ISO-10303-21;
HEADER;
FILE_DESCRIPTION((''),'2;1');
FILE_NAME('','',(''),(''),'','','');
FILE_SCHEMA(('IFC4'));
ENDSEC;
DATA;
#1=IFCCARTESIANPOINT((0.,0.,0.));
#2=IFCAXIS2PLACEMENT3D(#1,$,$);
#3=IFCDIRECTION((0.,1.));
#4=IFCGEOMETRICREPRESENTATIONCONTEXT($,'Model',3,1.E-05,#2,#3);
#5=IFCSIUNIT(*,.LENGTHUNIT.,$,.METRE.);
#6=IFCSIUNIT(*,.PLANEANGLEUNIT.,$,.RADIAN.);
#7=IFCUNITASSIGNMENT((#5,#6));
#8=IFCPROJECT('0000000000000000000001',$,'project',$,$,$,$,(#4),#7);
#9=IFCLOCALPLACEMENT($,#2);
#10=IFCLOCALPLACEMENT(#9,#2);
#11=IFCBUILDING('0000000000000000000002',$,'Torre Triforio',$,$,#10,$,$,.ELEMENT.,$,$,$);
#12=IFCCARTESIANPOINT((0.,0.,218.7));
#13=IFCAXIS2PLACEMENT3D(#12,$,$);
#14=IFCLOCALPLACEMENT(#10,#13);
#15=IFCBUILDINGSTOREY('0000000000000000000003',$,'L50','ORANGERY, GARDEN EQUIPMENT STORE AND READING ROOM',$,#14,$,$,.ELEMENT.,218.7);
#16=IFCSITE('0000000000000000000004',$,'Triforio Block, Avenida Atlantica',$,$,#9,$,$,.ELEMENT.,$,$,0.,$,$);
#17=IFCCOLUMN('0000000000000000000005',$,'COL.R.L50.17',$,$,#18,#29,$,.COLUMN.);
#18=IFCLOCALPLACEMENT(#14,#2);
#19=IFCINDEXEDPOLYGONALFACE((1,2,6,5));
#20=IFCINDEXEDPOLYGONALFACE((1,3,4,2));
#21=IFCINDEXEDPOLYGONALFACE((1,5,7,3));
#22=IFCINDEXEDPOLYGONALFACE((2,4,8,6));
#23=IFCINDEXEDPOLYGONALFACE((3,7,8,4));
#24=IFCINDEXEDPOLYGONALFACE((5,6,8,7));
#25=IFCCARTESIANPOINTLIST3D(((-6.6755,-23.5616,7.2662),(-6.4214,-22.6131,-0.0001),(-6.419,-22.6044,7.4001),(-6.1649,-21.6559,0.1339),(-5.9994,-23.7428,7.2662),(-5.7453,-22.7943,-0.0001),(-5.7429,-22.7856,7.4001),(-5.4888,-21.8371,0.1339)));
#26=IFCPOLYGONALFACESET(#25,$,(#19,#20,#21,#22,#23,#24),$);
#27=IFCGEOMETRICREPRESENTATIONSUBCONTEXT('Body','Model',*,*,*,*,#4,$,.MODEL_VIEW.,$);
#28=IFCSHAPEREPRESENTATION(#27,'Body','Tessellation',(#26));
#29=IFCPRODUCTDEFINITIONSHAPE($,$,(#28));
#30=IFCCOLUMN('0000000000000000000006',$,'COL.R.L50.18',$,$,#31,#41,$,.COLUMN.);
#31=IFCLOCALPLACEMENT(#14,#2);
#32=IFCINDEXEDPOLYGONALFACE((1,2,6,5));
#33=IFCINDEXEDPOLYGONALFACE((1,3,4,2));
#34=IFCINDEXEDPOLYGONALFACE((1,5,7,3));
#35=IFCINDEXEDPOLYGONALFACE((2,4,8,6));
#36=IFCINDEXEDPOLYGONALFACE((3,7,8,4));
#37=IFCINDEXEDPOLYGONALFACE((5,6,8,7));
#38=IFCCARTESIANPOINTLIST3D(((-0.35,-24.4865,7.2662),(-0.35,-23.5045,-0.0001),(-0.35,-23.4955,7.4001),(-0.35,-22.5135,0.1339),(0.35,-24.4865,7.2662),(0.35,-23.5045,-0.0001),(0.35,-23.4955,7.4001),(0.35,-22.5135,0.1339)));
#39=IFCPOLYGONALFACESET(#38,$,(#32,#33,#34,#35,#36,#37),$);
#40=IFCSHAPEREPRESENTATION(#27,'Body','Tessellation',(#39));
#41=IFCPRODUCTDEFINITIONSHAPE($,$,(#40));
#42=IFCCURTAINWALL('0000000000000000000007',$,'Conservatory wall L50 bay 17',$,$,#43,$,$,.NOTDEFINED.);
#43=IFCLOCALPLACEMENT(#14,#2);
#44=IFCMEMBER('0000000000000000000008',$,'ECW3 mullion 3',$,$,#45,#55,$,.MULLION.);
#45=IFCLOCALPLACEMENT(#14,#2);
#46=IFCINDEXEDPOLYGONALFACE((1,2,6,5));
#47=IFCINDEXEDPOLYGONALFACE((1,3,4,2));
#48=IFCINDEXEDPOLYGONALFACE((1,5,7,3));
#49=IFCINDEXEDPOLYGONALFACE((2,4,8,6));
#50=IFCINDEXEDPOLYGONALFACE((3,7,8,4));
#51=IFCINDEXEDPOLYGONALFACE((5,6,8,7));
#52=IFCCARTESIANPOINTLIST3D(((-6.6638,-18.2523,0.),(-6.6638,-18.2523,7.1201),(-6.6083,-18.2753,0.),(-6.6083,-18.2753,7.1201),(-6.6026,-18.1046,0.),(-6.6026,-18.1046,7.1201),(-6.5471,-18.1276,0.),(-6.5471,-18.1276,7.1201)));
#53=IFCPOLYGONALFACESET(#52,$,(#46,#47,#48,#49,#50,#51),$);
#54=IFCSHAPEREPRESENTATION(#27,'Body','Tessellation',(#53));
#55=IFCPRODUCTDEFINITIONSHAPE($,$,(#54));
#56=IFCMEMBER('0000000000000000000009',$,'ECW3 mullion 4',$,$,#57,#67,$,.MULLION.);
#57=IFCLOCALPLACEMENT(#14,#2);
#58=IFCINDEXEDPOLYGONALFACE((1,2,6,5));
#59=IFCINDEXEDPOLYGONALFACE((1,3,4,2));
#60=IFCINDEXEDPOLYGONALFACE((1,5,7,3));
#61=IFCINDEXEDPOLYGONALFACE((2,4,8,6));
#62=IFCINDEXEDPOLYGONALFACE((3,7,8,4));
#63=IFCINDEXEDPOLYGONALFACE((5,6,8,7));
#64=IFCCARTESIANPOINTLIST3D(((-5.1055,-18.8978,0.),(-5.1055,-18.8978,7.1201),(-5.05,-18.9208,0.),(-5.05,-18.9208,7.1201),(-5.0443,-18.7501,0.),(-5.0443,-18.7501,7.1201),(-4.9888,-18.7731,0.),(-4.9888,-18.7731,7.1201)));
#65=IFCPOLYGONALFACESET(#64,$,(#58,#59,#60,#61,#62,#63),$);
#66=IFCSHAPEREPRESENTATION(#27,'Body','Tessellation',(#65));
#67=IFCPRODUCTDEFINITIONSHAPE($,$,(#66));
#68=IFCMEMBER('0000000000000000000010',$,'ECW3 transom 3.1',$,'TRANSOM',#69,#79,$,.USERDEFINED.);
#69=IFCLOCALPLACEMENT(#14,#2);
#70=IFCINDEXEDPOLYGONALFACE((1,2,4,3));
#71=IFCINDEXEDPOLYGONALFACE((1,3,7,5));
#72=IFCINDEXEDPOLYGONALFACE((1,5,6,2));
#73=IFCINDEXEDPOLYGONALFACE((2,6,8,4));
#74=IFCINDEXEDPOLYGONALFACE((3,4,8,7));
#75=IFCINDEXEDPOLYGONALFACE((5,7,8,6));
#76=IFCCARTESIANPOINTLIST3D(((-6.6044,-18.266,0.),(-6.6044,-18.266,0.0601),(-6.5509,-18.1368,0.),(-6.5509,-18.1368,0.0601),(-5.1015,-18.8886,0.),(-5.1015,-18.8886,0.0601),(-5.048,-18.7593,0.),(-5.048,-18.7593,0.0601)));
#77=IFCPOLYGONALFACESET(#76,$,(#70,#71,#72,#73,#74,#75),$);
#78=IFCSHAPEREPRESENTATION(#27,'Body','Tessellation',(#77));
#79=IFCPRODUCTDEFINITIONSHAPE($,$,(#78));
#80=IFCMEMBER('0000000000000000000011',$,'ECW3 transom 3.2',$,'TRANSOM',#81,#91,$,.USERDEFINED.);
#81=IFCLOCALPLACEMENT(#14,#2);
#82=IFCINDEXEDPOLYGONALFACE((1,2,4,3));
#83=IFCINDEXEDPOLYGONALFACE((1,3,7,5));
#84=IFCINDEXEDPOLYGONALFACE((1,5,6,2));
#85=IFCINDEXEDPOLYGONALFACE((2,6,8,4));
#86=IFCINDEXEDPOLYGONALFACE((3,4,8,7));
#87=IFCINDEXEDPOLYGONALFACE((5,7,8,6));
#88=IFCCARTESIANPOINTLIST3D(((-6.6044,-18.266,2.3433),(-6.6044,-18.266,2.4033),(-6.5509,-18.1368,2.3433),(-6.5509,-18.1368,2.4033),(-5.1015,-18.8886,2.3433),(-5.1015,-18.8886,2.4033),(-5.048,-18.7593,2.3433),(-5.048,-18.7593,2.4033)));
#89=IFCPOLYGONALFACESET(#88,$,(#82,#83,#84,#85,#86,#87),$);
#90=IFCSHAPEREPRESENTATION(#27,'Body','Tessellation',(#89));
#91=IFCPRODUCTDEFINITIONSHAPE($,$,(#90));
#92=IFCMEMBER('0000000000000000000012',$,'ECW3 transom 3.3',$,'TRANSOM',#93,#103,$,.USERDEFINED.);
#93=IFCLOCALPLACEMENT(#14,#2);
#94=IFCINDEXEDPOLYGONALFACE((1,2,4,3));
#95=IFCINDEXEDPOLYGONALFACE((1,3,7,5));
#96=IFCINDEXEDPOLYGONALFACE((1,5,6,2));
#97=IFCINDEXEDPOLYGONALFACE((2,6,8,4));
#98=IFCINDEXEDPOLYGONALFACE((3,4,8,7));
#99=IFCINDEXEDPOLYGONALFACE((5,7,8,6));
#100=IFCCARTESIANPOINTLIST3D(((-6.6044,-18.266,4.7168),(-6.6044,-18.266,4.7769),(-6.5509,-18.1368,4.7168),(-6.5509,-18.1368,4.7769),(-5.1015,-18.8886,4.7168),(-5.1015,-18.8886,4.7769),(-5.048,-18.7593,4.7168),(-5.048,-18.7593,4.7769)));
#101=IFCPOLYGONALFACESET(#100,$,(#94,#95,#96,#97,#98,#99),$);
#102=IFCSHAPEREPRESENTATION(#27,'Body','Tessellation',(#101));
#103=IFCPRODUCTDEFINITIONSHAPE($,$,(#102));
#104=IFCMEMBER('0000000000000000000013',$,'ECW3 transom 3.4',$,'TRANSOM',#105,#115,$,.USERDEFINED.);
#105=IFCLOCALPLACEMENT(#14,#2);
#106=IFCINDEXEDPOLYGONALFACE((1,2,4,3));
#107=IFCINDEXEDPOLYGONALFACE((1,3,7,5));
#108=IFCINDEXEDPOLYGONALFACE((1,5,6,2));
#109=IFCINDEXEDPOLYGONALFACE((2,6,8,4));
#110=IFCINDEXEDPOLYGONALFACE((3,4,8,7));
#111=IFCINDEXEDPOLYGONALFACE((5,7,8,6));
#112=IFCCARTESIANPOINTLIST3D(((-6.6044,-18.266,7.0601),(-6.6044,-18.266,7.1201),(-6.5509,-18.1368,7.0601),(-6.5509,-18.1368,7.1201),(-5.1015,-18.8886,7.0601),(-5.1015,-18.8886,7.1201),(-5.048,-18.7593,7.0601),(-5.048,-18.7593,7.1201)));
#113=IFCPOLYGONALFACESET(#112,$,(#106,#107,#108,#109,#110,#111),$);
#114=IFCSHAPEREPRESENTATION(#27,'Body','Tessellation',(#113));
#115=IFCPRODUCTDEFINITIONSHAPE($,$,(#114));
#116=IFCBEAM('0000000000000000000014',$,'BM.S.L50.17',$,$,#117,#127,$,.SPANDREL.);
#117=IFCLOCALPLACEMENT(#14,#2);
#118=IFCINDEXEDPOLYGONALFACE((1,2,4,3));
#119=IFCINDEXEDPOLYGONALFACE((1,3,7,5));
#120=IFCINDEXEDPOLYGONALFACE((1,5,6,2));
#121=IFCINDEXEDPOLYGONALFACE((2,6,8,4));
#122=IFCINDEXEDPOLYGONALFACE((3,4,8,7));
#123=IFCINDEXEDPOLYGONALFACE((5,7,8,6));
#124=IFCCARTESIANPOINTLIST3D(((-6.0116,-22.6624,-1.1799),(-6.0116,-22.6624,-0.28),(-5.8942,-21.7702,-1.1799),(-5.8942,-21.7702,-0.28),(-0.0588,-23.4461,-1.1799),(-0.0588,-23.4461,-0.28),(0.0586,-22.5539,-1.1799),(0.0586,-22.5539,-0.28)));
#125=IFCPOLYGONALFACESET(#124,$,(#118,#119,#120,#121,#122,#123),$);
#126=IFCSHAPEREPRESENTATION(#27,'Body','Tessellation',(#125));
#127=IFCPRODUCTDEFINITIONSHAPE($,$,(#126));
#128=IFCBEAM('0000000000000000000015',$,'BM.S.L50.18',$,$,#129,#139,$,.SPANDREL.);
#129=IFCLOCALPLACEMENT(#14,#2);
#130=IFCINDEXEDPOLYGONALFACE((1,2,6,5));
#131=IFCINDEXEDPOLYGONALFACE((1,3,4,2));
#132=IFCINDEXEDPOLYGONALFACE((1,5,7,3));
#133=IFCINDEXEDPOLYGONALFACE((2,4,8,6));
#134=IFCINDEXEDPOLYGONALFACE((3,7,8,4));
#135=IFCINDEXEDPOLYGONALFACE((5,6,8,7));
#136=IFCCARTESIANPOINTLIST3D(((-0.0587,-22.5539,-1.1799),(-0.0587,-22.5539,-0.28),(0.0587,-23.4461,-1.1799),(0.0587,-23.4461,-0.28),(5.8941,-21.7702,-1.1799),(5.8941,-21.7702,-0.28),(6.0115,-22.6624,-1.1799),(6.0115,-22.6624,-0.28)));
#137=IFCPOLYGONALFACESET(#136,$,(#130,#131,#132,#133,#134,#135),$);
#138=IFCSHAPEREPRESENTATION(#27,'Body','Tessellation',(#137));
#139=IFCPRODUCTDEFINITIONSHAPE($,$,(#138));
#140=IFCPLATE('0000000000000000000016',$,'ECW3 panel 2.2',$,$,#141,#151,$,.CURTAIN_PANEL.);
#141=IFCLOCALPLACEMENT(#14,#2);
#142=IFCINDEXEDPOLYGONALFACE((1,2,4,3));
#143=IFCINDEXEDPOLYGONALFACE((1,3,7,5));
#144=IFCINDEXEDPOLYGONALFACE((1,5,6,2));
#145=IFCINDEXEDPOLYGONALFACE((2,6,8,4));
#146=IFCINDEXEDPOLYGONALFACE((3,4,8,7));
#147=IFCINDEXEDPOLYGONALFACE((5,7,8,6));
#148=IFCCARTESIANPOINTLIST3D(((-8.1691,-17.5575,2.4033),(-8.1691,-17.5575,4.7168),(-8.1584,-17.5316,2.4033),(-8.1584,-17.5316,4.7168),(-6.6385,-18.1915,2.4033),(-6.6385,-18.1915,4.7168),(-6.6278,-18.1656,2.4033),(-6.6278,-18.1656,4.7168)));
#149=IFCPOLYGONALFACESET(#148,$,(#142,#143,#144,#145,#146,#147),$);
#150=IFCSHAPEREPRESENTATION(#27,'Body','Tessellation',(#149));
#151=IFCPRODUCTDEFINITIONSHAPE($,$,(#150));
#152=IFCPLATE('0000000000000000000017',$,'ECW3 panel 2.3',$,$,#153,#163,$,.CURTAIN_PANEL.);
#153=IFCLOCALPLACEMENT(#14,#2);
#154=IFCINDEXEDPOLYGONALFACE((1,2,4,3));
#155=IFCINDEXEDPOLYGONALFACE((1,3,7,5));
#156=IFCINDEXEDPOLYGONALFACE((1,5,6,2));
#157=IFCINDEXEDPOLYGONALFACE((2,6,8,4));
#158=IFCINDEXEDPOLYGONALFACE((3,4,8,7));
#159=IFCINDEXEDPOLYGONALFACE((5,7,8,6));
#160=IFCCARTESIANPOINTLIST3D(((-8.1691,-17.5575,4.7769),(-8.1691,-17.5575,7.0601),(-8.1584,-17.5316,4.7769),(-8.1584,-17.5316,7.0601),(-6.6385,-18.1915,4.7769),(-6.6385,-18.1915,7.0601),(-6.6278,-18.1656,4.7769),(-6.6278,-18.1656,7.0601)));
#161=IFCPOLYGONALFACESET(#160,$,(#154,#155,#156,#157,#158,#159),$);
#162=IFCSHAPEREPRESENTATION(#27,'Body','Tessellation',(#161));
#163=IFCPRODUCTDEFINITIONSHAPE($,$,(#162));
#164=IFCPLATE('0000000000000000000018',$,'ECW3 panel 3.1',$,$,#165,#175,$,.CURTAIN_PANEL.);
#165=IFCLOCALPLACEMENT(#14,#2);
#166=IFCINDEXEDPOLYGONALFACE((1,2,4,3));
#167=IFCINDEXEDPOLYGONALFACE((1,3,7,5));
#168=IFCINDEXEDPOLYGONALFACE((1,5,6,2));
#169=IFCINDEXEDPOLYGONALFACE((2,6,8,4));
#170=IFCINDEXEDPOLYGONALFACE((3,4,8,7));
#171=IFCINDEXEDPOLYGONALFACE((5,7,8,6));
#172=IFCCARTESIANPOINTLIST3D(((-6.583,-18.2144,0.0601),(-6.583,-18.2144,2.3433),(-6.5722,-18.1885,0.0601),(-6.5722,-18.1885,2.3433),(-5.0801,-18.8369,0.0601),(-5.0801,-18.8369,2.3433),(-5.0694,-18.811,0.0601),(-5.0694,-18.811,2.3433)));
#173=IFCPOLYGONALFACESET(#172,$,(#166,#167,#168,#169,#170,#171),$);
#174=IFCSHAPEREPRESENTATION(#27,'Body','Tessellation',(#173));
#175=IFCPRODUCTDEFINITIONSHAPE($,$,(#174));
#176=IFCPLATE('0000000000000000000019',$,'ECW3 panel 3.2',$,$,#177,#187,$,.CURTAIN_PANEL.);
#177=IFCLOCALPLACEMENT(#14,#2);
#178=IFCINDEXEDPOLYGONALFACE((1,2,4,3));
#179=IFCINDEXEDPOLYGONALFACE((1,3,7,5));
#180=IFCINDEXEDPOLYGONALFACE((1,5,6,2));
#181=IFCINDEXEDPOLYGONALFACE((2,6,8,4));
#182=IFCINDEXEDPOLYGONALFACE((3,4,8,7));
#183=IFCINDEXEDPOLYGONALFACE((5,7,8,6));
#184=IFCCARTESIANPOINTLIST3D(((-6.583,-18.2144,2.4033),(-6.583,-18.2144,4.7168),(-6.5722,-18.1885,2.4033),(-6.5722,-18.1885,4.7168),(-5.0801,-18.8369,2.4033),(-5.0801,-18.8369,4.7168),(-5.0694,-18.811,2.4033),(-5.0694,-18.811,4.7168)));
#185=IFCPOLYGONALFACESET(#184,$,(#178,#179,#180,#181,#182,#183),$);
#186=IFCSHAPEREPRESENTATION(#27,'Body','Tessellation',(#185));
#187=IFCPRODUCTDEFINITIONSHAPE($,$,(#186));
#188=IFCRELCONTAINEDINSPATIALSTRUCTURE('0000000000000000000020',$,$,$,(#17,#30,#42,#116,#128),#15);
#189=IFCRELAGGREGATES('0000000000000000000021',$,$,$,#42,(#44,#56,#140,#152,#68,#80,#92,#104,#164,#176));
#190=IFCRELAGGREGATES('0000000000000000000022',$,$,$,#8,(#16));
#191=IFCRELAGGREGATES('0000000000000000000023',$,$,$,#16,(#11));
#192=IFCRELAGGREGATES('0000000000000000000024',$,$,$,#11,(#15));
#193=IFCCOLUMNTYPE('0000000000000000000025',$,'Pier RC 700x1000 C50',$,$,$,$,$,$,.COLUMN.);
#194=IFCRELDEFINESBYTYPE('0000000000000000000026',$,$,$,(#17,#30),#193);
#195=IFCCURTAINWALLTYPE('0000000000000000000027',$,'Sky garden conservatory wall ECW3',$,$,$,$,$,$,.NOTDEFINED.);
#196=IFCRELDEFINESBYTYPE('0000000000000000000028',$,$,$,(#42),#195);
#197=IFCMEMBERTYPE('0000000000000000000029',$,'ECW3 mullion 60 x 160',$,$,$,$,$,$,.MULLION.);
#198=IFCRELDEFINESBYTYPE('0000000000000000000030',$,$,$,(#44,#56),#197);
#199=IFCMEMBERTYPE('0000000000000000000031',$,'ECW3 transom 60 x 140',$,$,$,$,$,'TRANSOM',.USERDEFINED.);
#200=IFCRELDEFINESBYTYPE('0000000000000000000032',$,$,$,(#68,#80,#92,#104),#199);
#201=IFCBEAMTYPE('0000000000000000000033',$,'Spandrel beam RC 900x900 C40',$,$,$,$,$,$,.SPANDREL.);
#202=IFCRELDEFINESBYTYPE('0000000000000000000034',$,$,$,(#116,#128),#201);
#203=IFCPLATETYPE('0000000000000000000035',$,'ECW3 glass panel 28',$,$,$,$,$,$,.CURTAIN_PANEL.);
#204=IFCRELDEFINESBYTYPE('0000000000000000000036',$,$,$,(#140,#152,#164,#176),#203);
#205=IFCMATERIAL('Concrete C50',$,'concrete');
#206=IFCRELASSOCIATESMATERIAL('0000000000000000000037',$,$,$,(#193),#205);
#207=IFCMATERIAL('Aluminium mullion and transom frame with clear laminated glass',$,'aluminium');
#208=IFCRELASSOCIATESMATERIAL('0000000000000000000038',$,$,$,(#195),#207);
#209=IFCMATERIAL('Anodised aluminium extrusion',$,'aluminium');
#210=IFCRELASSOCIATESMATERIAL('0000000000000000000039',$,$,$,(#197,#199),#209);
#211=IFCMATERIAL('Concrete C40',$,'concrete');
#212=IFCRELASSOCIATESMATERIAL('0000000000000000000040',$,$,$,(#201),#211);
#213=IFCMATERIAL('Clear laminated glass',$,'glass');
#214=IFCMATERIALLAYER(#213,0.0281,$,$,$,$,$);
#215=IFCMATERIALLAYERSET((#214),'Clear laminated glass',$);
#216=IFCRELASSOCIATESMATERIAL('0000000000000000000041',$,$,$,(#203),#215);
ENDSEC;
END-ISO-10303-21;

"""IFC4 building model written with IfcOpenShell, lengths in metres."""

from ifc_helpers import new_model, si_unit, direction, frame, origin, origin_2d, place, context, subcontext, project, spatial, rectangle, extrude, material, layer, layer_set, material_profile, profile_set, type_object, element, aggregate, save


model = new_model("IFC4")

# Units and contexts
model_context = context("Model", 3, precision=1e-05, world=origin(), true_north=direction((0.0, 1.0)))
body_context = subcontext(model_context, "Body", "Model", "MODEL_VIEW")
ifc_project = project(units=[si_unit("LENGTHUNIT", "METRE"), si_unit("PLANEANGLEUNIT", "RADIAN")], contexts=[model_context])

# Site, building, storey
site_placement = place(None, origin())
site = spatial("IfcSite", under=ifc_project, at=site_placement, Name="Triforio Block, Avenida Atlantica", CompositionType="ELEMENT", RefElevation=0.0)
building_placement = place(site_placement, origin())
building = spatial("IfcBuilding", under=site, at=building_placement, Name="Torre Triforio", CompositionType="ELEMENT")
storey_placement = place(building_placement, frame((0.0, 0.0, 218.7)))
storey = spatial("IfcBuildingStorey", under=building, at=storey_placement, Name="L50", Description="ORANGERY, GARDEN EQUIPMENT STORE AND READING ROOM", CompositionType="ELEMENT", Elevation=218.7)

# Columns
ifc_material_1 = material(Name="Concrete C50", Category="concrete")
ifc_material_profile_1 = material_profile(ifc_material_1, rectangle(XDim=0.7, YDim=1.0, at=origin_2d()), Name="RC 700x1000")
ifc_profile_set_1 = profile_set([ifc_material_profile_1], Name="Concrete C50")
column_type = type_object("IfcColumnType", Name="Pier RC 700x1000 C50", PredefinedType="COLUMN", material=ifc_profile_set_1)
for number, where, z_axis, x_axis, name in (
    (1, (-5.9551, -22.2251, 0.0669), (-0.034662, -0.12936, 0.990992), (0.965925, -0.258823, 0.0), "COL.R.L50.17"),
    (2, (0.0, -23.009, 0.0669), (0.0, -0.133921, 0.990992), (1.0, 0.0, 0.0), "COL.R.L50.18"),
):
    element("IfcColumn", number, at=place(storey_placement, frame(where, z_axis=z_axis, x_axis=x_axis)), inside=storey, type_object=column_type, Name=name, PredefinedType="COLUMN", context=body_context, shape_type="SweptSolid", body=[
        extrude(rectangle(XDim=0.7, YDim=1.0, at=origin_2d()), origin(), (0.0, 0.0, 1.0), 7.3323),
    ])

# Curtain wall, members
ifc_material_2 = material(Name="Aluminium mullion and transom frame with clear laminated glass", Category="aluminium")
curtain_wall_type = type_object("IfcCurtainWallType", Name="Sky garden conservatory wall ECW3", PredefinedType="NOTDEFINED", material=ifc_material_2)
curtain_wall_placement = place(storey_placement, origin())
curtain_wall = element("IfcCurtainWall", 3, at=curtain_wall_placement, inside=storey, type_object=curtain_wall_type, Name="Conservatory wall L50 bay 17", PredefinedType="NOTDEFINED")
ifc_material_3 = material(Name="Anodised aluminium extrusion", Category="aluminium")
ifc_material_profile_2 = material_profile(ifc_material_3, rectangle(XDim=0.1599, YDim=0.0601, at=origin_2d()), Name="ECW3 MULLION 60x160")
ifc_profile_set_2 = profile_set([ifc_material_profile_2], Name="Anodised aluminium extrusion")
member_type_1 = type_object("IfcMemberType", Name="ECW3 mullion 60 x 160", PredefinedType="MULLION", material=ifc_profile_set_2)
member_1_placement = place(storey_placement, frame((-6.6055, -18.1899, 0.0), z_axis=(0.0, 0.0, 1.0), x_axis=(0.382684, 0.923879, 0.0)))
member_1 = element("IfcMember", 4, at=member_1_placement, type_object=member_type_1, Name="ECW3 mullion 3", PredefinedType="MULLION", context=body_context, shape_type="SweptSolid", body=[
    extrude(rectangle(XDim=0.1599, YDim=0.0601, at=origin_2d()), origin(), (0.0, 0.0, 1.0), 7.1201),
])
member_2_placement = place(storey_placement, frame((-5.0471, -18.8354, 0.0), z_axis=(0.0, 0.0, 1.0), x_axis=(0.382684, 0.923879, 0.0)))
member_2 = element("IfcMember", 5, at=member_2_placement, type_object=member_type_1, Name="ECW3 mullion 4", PredefinedType="MULLION", context=body_context, shape_type="SweptSolid", body=[
    extrude(rectangle(XDim=0.1599, YDim=0.0601, at=origin_2d()), origin(), (0.0, 0.0, 1.0), 7.1201),
])
ifc_material_profile_3 = material_profile(ifc_material_3, rectangle(XDim=0.1399, YDim=0.0601, at=origin_2d()), Name="ECW3 TRANSOM 60x140")
ifc_profile_set_3 = profile_set([ifc_material_profile_3], Name="Anodised aluminium extrusion")
member_type_2 = type_object("IfcMemberType", Name="ECW3 transom 60 x 140", ElementType="TRANSOM", PredefinedType="USERDEFINED", material=ifc_profile_set_3)
member_3_placement = place(storey_placement, frame((-6.5776, -18.2014, 0.03), z_axis=(0.923874, -0.382696, 0.0), x_axis=(0.382696, 0.923874, 0.0)))
member_3 = element("IfcMember", 6, at=member_3_placement, type_object=member_type_2, Name="ECW3 transom 3.1", ObjectType="TRANSOM", PredefinedType="USERDEFINED", context=body_context, shape_type="SweptSolid", body=[
    extrude(rectangle(XDim=0.1399, YDim=0.0601, at=origin_2d()), origin(), (0.0, 0.0, 1.0), 1.6267),
])
member_4_placement = place(storey_placement, frame((-6.5776, -18.2014, 2.3733), z_axis=(0.923874, -0.382696, 0.0), x_axis=(0.382696, 0.923874, 0.0)))
member_4 = element("IfcMember", 7, at=member_4_placement, type_object=member_type_2, Name="ECW3 transom 3.2", ObjectType="TRANSOM", PredefinedType="USERDEFINED", context=body_context, shape_type="SweptSolid", body=[
    extrude(rectangle(XDim=0.1399, YDim=0.0601, at=origin_2d()), origin(), (0.0, 0.0, 1.0), 1.6267),
])
member_5_placement = place(storey_placement, frame((-6.5776, -18.2014, 4.7468), z_axis=(0.923874, -0.382696, 0.0), x_axis=(0.382696, 0.923874, 0.0)))
member_5 = element("IfcMember", 8, at=member_5_placement, type_object=member_type_2, Name="ECW3 transom 3.3", ObjectType="TRANSOM", PredefinedType="USERDEFINED", context=body_context, shape_type="SweptSolid", body=[
    extrude(rectangle(XDim=0.1399, YDim=0.0601, at=origin_2d()), origin(), (0.0, 0.0, 1.0), 1.6267),
])
member_6_placement = place(storey_placement, frame((-6.5776, -18.2014, 7.0901), z_axis=(0.923874, -0.382696, 0.0), x_axis=(0.382696, 0.923874, 0.0)))
member_6 = element("IfcMember", 9, at=member_6_placement, type_object=member_type_2, Name="ECW3 transom 3.4", ObjectType="TRANSOM", PredefinedType="USERDEFINED", context=body_context, shape_type="SweptSolid", body=[
    extrude(rectangle(XDim=0.1399, YDim=0.0601, at=origin_2d()), origin(), (0.0, 0.0, 1.0), 1.6267),
])

# Beams
ifc_material_4 = material(Name="Concrete C40", Category="concrete")
ifc_material_profile_4 = material_profile(ifc_material_4, rectangle(XDim=0.8999, YDim=0.8999, at=origin_2d()), Name="RC 900x900")
ifc_profile_set_4 = profile_set([ifc_material_profile_4], Name="Concrete C40")
beam_type = type_object("IfcBeamType", Name="Spandrel beam RC 900x900 C40", PredefinedType="SPANDREL", material=ifc_profile_set_4)
for number, where, z_axis, x_axis, name in (
    (10, (-5.9529, -22.2163, -0.73), (0.991445, -0.130523, 0.0), (0.130523, 0.991445, 0.0), "BM.S.L50.17"),
    (11, (0.0, -23.0, -0.73), (0.991445, 0.130523, 0.0), (-0.130523, 0.991445, 0.0), "BM.S.L50.18"),
):
    element("IfcBeam", number, at=place(storey_placement, frame(where, z_axis=z_axis, x_axis=x_axis)), inside=storey, type_object=beam_type, Name=name, PredefinedType="SPANDREL", context=body_context, shape_type="SweptSolid", body=[
        extrude(rectangle(XDim=0.8999, YDim=0.8999, at=origin_2d()), origin(), (0.0, 0.0, 1.0), 6.0042),
    ])

# Plates
ifc_material_5 = material(Name="Clear laminated glass", Category="glass")
ifc_layer_1 = layer(ifc_material_5, 0.0281)
ifc_layer_set_1 = layer_set([ifc_layer_1], Name="Clear laminated glass")
plate_type = type_object("IfcPlateType", Name="ECW3 glass panel 28", PredefinedType="CURTAIN_PANEL", material=ifc_layer_set_1)
plate_1_placement = place(storey_placement, frame((-7.3984, -17.8616, 2.4033), z_axis=(0.0, 0.0, 1.0), x_axis=(0.923879, -0.382684, 0.0)))
plate_1 = element("IfcPlate", 12, at=plate_1_placement, type_object=plate_type, Name="ECW3 panel 2.2", PredefinedType="CURTAIN_PANEL", context=body_context, shape_type="SweptSolid", body=[
    extrude(rectangle(XDim=1.6567, YDim=0.0281, at=origin_2d()), origin(), (0.0, 0.0, 1.0), 2.3135),
])
plate_2_placement = place(storey_placement, frame((-7.3984, -17.8616, 4.7769), z_axis=(0.0, 0.0, 1.0), x_axis=(0.923879, -0.382684, 0.0)))
plate_2 = element("IfcPlate", 13, at=plate_2_placement, type_object=plate_type, Name="ECW3 panel 2.3", PredefinedType="CURTAIN_PANEL", context=body_context, shape_type="SweptSolid", body=[
    extrude(rectangle(XDim=1.6567, YDim=0.0281, at=origin_2d()), origin(), (0.0, 0.0, 1.0), 2.2832),
])
plate_3_placement = place(storey_placement, frame((-5.8262, -18.5127, 0.0601), z_axis=(0.0, 0.0, 1.0), x_axis=(0.923879, -0.382684, 0.0)))
plate_3 = element("IfcPlate", 14, at=plate_3_placement, type_object=plate_type, Name="ECW3 panel 3.1", PredefinedType="CURTAIN_PANEL", context=body_context, shape_type="SweptSolid", body=[
    extrude(rectangle(XDim=1.6267, YDim=0.0281, at=origin_2d()), origin(), (0.0, 0.0, 1.0), 2.2832),
])
plate_4_placement = place(storey_placement, frame((-5.8262, -18.5127, 2.4033), z_axis=(0.0, 0.0, 1.0), x_axis=(0.923879, -0.382684, 0.0)))
plate_4 = element("IfcPlate", 15, at=plate_4_placement, type_object=plate_type, Name="ECW3 panel 3.2", PredefinedType="CURTAIN_PANEL", context=body_context, shape_type="SweptSolid", body=[
    extrude(rectangle(XDim=1.6267, YDim=0.0281, at=origin_2d()), origin(), (0.0, 0.0, 1.0), 2.3135),
])
aggregate(curtain_wall, [member_1, member_2, plate_1, plate_2, member_3, member_4, member_5, member_6, plate_3, plate_4])

save(model, "model.ifc")
